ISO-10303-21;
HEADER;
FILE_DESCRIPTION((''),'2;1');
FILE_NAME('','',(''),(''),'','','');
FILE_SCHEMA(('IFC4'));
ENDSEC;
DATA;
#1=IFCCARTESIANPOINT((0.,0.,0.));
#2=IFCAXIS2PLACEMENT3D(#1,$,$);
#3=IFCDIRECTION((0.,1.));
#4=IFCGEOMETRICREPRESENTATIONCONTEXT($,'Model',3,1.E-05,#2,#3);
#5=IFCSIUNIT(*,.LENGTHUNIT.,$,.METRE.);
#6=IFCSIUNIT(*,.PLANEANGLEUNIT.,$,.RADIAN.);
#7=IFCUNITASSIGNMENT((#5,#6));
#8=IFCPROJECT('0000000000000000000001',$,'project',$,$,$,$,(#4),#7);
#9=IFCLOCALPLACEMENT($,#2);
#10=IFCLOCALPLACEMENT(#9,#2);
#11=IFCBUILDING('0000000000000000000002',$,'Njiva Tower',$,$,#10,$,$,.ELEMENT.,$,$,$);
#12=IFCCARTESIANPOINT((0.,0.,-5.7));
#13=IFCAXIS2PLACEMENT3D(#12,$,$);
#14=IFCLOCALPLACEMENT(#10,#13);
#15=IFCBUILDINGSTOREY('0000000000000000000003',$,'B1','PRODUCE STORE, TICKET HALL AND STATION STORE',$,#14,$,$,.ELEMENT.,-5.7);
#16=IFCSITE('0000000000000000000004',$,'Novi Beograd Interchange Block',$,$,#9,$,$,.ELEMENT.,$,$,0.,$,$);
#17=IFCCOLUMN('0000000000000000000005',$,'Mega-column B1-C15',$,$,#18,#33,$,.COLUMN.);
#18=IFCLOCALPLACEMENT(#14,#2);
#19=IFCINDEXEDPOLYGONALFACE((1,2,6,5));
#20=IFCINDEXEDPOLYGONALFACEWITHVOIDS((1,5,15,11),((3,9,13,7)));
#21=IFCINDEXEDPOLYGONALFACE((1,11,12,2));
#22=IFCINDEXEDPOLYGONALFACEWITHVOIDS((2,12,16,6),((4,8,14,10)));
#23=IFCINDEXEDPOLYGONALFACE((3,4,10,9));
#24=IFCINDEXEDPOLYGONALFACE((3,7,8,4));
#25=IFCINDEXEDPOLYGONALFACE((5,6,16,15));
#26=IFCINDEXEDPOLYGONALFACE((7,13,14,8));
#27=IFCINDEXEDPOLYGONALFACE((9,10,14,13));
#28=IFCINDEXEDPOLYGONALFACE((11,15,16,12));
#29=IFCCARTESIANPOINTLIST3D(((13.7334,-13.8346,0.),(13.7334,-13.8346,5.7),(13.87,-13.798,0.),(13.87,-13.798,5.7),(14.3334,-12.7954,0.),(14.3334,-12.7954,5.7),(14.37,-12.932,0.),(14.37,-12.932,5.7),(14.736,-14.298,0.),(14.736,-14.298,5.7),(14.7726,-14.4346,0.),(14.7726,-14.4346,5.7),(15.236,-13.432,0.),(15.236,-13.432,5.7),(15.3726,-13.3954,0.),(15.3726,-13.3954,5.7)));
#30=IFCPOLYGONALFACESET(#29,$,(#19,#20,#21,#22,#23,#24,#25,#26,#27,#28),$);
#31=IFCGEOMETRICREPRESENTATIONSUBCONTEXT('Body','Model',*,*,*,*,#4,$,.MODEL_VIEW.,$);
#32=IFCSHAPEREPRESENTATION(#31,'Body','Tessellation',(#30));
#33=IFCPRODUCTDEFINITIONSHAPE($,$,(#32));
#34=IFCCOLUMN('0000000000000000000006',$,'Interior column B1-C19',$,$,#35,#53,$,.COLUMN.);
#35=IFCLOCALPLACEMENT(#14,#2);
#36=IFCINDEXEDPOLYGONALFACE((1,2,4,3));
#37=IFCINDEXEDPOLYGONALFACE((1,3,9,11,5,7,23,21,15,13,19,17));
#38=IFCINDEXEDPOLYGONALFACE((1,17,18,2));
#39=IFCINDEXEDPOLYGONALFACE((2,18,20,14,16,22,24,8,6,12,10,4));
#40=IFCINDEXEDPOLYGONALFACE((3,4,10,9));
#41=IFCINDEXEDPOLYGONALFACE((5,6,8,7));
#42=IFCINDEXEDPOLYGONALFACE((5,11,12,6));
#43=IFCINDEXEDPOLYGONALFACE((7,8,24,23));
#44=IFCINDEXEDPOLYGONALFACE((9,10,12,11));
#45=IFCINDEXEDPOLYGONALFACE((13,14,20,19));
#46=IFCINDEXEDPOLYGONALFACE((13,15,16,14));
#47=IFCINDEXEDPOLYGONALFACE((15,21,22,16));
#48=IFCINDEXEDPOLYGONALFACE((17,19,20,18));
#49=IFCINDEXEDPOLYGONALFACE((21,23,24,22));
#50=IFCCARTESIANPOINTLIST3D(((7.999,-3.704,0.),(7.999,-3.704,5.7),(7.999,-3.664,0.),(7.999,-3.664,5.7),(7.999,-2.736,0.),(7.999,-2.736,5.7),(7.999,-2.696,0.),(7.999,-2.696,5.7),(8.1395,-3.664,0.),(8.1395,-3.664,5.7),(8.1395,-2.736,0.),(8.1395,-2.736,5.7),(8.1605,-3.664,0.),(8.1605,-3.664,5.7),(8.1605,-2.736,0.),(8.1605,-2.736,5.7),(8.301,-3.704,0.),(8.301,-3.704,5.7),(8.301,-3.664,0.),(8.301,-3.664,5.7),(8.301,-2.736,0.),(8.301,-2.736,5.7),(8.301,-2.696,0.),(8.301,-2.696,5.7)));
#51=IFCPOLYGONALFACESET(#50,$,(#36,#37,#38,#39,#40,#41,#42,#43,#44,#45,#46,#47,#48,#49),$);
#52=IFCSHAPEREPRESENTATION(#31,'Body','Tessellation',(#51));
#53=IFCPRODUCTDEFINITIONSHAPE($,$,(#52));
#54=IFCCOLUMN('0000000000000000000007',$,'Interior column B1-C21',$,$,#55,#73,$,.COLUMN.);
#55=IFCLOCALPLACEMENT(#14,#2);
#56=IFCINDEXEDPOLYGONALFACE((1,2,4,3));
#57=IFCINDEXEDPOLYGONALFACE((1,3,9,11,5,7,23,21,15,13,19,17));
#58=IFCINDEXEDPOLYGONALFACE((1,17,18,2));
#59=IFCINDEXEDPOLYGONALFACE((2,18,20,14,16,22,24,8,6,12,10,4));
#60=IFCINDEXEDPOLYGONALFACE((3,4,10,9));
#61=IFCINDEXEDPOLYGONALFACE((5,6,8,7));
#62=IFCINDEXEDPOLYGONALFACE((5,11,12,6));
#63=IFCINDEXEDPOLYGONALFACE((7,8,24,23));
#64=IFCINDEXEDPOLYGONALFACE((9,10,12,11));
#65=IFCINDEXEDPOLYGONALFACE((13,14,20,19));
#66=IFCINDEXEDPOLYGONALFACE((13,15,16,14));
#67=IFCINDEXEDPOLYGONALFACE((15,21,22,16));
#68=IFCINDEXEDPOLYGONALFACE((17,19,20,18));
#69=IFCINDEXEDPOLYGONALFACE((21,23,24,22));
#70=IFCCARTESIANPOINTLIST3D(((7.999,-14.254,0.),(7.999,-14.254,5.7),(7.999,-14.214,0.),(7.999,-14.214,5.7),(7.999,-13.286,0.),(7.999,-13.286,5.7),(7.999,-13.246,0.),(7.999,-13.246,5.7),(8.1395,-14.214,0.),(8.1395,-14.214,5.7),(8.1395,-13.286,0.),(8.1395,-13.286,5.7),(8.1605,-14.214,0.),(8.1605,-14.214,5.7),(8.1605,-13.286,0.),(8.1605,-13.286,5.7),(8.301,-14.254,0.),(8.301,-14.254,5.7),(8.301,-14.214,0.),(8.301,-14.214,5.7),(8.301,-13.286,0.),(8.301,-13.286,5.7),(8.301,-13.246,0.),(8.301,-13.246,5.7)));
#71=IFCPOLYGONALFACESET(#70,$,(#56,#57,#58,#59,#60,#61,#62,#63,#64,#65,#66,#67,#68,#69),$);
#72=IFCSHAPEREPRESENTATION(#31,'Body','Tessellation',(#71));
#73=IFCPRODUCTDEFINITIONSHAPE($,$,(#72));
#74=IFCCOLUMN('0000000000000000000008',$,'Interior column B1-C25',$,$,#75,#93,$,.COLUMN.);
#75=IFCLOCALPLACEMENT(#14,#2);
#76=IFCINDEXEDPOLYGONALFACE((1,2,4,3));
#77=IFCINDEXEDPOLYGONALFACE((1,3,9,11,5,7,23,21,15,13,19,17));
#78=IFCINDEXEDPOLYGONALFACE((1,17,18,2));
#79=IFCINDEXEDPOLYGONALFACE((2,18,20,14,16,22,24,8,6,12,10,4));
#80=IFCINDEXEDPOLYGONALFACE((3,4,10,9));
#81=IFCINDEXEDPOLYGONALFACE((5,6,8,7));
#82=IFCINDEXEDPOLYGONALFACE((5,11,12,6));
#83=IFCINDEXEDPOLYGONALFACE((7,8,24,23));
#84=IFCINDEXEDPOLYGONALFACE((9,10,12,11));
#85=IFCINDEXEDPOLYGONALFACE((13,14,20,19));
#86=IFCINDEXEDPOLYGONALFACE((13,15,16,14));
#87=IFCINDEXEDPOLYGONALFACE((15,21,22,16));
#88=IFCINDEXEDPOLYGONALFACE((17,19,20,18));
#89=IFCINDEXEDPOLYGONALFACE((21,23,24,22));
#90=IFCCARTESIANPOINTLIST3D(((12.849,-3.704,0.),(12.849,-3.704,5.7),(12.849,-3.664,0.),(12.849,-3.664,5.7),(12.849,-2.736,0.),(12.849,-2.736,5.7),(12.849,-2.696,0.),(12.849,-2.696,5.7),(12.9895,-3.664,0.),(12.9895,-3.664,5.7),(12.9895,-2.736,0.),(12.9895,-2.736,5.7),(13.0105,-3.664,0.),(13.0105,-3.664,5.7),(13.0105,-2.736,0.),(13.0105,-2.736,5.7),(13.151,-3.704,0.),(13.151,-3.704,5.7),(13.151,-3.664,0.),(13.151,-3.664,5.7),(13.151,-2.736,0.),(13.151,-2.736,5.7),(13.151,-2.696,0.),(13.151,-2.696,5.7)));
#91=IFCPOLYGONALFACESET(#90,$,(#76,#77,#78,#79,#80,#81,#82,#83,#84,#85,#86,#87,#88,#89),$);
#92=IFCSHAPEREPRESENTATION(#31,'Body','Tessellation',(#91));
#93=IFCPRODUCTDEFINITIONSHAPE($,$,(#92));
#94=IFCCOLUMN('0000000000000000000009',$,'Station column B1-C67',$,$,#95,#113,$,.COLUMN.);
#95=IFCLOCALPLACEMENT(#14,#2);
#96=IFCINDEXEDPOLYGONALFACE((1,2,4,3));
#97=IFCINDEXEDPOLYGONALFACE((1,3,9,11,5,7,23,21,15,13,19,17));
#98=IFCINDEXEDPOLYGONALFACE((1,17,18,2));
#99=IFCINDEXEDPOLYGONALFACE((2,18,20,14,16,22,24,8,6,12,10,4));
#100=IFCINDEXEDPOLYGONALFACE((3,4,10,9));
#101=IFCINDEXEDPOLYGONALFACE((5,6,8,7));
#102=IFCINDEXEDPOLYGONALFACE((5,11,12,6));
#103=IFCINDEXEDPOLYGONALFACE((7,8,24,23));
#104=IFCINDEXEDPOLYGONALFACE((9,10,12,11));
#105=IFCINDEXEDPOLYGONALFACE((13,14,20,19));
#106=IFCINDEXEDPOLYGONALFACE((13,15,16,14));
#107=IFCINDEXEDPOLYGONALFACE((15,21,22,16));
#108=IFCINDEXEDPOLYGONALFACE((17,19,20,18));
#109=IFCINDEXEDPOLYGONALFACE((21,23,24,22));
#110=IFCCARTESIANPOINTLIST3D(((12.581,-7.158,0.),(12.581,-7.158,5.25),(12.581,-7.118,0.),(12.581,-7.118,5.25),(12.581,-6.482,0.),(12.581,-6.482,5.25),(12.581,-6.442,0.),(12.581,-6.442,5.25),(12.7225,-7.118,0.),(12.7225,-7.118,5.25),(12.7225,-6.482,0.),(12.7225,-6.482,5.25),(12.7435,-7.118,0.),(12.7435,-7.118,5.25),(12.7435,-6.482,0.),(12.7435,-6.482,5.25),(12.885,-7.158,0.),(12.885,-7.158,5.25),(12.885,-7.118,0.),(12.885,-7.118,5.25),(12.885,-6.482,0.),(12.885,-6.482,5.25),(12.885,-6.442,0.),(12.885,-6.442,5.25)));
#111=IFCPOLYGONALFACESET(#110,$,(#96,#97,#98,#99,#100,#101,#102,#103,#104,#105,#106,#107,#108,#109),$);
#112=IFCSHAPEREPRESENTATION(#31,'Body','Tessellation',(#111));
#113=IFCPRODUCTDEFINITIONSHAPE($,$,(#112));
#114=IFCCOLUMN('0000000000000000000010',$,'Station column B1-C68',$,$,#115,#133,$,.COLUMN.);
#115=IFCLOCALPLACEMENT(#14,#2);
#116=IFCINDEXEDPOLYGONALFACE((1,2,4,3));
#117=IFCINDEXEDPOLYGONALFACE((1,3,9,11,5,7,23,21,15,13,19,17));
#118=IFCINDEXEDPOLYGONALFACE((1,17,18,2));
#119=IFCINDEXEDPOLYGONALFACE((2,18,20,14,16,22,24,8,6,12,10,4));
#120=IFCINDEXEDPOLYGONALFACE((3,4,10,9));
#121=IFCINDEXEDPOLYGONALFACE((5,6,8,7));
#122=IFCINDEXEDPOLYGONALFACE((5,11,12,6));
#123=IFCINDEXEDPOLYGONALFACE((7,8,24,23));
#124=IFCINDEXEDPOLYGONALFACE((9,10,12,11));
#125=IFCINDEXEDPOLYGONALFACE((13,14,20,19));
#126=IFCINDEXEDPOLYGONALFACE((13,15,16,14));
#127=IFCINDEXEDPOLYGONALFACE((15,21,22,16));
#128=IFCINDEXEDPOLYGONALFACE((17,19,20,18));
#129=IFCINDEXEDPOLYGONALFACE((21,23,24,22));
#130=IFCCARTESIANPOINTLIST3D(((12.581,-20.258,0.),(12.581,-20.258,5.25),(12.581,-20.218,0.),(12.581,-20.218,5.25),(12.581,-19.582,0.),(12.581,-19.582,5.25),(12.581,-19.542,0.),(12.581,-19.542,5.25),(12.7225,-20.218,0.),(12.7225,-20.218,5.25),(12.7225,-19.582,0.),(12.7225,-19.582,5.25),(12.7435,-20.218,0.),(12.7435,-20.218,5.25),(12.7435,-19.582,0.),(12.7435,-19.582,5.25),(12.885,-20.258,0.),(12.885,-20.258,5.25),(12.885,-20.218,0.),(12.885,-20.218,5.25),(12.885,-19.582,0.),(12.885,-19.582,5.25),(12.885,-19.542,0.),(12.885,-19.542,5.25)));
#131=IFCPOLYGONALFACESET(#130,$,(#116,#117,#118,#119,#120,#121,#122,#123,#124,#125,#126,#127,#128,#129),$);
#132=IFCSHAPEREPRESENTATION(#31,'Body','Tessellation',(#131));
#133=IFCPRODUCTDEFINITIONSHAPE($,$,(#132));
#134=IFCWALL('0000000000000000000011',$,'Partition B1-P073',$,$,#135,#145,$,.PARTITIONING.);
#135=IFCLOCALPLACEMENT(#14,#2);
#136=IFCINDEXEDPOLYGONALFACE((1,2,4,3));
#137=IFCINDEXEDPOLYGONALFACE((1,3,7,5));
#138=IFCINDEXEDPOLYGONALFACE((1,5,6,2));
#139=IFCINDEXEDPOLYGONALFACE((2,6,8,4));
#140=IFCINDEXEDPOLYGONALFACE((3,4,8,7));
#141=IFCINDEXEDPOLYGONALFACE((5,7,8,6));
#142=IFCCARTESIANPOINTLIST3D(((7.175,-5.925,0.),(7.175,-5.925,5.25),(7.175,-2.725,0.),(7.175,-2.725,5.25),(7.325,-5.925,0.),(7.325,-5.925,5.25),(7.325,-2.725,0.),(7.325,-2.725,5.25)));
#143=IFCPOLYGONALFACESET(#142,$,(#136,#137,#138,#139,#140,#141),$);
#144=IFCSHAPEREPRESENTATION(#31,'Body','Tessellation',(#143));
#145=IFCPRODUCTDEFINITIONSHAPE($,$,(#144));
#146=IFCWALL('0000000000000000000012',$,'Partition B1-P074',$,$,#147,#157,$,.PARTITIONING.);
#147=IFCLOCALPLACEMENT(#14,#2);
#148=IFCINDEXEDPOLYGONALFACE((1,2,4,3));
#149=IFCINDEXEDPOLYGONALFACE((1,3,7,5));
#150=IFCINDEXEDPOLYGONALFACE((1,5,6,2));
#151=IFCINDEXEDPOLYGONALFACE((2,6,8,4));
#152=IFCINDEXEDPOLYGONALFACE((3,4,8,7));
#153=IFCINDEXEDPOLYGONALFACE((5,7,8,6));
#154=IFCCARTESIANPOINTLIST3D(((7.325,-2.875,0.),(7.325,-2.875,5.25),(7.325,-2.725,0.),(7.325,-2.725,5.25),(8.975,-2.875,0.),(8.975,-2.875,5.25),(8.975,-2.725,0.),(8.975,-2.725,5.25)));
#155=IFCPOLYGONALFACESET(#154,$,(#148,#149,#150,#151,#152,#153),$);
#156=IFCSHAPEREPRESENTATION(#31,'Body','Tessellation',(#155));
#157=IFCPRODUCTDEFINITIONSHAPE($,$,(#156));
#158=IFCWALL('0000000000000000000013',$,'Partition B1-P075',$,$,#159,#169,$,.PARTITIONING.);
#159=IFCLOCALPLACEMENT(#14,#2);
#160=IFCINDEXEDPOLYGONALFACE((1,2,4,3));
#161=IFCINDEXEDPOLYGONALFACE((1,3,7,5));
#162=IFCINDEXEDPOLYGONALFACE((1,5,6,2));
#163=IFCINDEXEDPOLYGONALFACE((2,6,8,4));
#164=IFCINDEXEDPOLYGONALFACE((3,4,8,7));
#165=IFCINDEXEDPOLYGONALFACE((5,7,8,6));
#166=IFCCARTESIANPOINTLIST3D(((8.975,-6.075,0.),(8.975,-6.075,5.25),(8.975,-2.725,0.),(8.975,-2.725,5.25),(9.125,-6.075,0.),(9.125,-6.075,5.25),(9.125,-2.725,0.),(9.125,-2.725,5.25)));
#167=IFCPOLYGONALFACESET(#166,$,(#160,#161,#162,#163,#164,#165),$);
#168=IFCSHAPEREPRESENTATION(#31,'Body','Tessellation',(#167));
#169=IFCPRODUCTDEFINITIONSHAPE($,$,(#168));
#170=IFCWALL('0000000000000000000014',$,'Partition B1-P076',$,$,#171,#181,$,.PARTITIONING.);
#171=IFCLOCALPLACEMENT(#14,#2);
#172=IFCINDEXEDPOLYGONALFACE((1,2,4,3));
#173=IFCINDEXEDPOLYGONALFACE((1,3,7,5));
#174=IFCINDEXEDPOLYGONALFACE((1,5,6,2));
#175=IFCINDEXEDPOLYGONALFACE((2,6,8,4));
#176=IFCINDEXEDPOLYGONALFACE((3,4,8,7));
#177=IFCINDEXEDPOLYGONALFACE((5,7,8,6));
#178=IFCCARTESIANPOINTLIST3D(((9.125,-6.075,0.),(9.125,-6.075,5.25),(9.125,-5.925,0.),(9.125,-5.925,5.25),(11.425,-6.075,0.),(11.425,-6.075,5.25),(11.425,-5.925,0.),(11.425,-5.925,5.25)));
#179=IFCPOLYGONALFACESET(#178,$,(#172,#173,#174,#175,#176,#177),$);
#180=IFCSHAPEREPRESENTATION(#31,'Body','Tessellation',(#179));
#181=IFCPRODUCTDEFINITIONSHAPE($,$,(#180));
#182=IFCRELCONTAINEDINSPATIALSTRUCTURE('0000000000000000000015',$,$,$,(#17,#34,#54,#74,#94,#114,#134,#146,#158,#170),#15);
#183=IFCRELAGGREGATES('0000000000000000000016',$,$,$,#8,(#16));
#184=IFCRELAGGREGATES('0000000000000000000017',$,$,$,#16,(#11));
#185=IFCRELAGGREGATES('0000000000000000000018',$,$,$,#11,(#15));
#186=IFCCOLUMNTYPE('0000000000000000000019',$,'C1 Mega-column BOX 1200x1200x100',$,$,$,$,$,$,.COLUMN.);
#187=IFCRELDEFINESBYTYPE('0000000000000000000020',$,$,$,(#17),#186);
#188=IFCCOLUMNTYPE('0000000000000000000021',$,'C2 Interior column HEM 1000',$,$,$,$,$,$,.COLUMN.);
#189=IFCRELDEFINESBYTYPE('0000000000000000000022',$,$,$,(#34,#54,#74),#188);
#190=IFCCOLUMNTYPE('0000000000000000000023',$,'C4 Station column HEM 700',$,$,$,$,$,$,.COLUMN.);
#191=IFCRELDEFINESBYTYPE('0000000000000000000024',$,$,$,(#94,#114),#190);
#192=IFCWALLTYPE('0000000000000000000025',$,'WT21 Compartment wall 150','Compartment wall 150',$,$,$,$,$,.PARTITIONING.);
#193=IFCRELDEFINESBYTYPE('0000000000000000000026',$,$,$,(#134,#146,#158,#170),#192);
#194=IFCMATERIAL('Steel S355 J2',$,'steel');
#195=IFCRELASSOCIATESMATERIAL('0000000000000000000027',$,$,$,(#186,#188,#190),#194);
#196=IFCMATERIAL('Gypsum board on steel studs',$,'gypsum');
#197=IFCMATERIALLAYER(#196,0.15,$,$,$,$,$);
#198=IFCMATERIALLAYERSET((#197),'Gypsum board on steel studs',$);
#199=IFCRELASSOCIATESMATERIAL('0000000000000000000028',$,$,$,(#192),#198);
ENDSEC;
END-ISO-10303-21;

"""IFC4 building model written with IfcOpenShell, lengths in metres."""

from ifc_helpers import new_model, si_unit, direction, frame, frame_2d, origin, origin_2d, place, context, subcontext, project, spatial, rectangle, hollow_rectangle, i_section, extrude, material, layer, layer_set, material_profile, profile_set, type_object, element, save


model = new_model("IFC4")

# Units and contexts
model_context = context("Model", 3, precision=1e-05, world=origin(), true_north=direction((0.0, 1.0)))
body_context = subcontext(model_context, "Body", "Model", "MODEL_VIEW")
ifc_project = project(units=[si_unit("LENGTHUNIT", "METRE"), si_unit("PLANEANGLEUNIT", "RADIAN")], contexts=[model_context])

# Site, building, storey
site_placement = place(None, origin())
site = spatial("IfcSite", under=ifc_project, at=site_placement, Name="Novi Beograd Interchange Block", CompositionType="ELEMENT", RefElevation=0.0)
building_placement = place(site_placement, origin())
building = spatial("IfcBuilding", under=site, at=building_placement, Name="Njiva Tower", CompositionType="ELEMENT")
storey_placement = place(building_placement, frame((0.0, 0.0, -5.7)))
storey = spatial("IfcBuildingStorey", under=building, at=storey_placement, Name="B1", Description="PRODUCE STORE, TICKET HALL AND STATION STORE", CompositionType="ELEMENT", Elevation=-5.7)

# Columns
ifc_material_1 = material(Name="Steel S355 J2", Category="steel")
ifc_material_profile_1 = material_profile(ifc_material_1, hollow_rectangle(XDim=1.2, YDim=1.2, WallThickness=0.1, at=origin_2d()), Name="BOX 1200x1200x100")
ifc_profile_set_1 = profile_set([ifc_material_profile_1], Name="Steel S355 J2")
column_type_1 = type_object("IfcColumnType", Name="C1 Mega-column BOX 1200x1200x100", PredefinedType="COLUMN", material=ifc_profile_set_1)
column_placement = place(storey_placement, frame((14.553, -13.615, 0.0), z_axis=(0.0, 0.0, 1.0), x_axis=(0.5, 0.866025, 0.0)))
element("IfcColumn", 1, at=column_placement, inside=storey, type_object=column_type_1, Name="Mega-column B1-C15", PredefinedType="COLUMN", context=body_context, shape_type="SweptSolid", body=[
    extrude(hollow_rectangle(XDim=1.2, YDim=1.2, WallThickness=0.1, at=origin_2d()), origin(), (0.0, 0.0, 1.0), 5.7),
])
ifc_material_profile_2 = material_profile(ifc_material_1, i_section(OverallWidth=0.302, OverallDepth=1.008, WebThickness=0.021, FlangeThickness=0.04, at=origin_2d()), Name="HEM 1000")
ifc_profile_set_2 = profile_set([ifc_material_profile_2], Name="Steel S355 J2")
column_type_2 = type_object("IfcColumnType", Name="C2 Interior column HEM 1000", PredefinedType="COLUMN", material=ifc_profile_set_2)
for number, where, z_axis, x_axis, name in (
    (2, (8.15, -3.2, 0.0), (0.0, 0.0, 1.0), (1.0, 0.0, 0.0), "Interior column B1-C19"),
    (3, (8.15, -13.75, 0.0), (0.0, 0.0, 1.0), (1.0, 0.0, 0.0), "Interior column B1-C21"),
    (4, (13.0, -3.2, 0.0), (0.0, 0.0, 1.0), (1.0, 0.0, 0.0), "Interior column B1-C25"),
):
    element("IfcColumn", number, at=place(storey_placement, frame(where, z_axis=z_axis, x_axis=x_axis)), inside=storey, type_object=column_type_2, Name=name, PredefinedType="COLUMN", context=body_context, shape_type="SweptSolid", body=[
        extrude(i_section(OverallWidth=0.302, OverallDepth=1.008, WebThickness=0.021, FlangeThickness=0.04, at=origin_2d()), origin(), (0.0, 0.0, 1.0), 5.7),
    ])
ifc_material_profile_3 = material_profile(ifc_material_1, i_section(OverallWidth=0.304, OverallDepth=0.716, WebThickness=0.021, FlangeThickness=0.04, at=origin_2d()), Name="HEM 700")
ifc_profile_set_3 = profile_set([ifc_material_profile_3], Name="Steel S355 J2")
column_type_3 = type_object("IfcColumnType", Name="C4 Station column HEM 700", PredefinedType="COLUMN", material=ifc_profile_set_3)
for number, where, z_axis, x_axis, name in (
    (5, (12.733, -6.8, 0.0), (0.0, 0.0, 1.0), (1.0, 0.0, 0.0), "Station column B1-C67"),
    (6, (12.733, -19.9, 0.0), (0.0, 0.0, 1.0), (1.0, 0.0, 0.0), "Station column B1-C68"),
):
    element("IfcColumn", number, at=place(storey_placement, frame(where, z_axis=z_axis, x_axis=x_axis)), inside=storey, type_object=column_type_3, Name=name, PredefinedType="COLUMN", context=body_context, shape_type="SweptSolid", body=[
        extrude(i_section(OverallWidth=0.304, OverallDepth=0.716, WebThickness=0.021, FlangeThickness=0.04, at=origin_2d()), origin(), (0.0, 0.0, 1.0), 5.25),
    ])

# Walls
ifc_material_2 = material(Name="Gypsum board on steel studs", Category="gypsum")
ifc_layer_1 = layer(ifc_material_2, 0.15)
ifc_layer_set_1 = layer_set([ifc_layer_1], Name="Gypsum board on steel studs")
wall_type_1 = type_object("IfcWallType", Name="WT21 Compartment wall 150", Description="Compartment wall 150", PredefinedType="PARTITIONING", material=ifc_layer_set_1)
wall_1_placement = place(storey_placement, frame((7.25, -5.925, 0.0), z_axis=(0.0, 0.0, 1.0), x_axis=(0.0, 1.0, 0.0)))
element("IfcWall", 7, at=wall_1_placement, inside=storey, type_object=wall_type_1, Name="Partition B1-P073", PredefinedType="PARTITIONING", context=body_context, shape_type="SweptSolid", body=[
    extrude(rectangle(XDim=3.2, YDim=0.15, at=frame_2d((1.6, 0.0))), origin(), (0.0, 0.0, 1.0), 5.25),
])
wall_2_placement = place(storey_placement, frame((7.325, -2.8, 0.0), z_axis=(0.0, 0.0, 1.0), x_axis=(1.0, 0.0, 0.0)))
element("IfcWall", 8, at=wall_2_placement, inside=storey, type_object=wall_type_1, Name="Partition B1-P074", PredefinedType="PARTITIONING", context=body_context, shape_type="SweptSolid", body=[
    extrude(rectangle(XDim=1.65, YDim=0.15, at=frame_2d((0.825, 0.0))), origin(), (0.0, 0.0, 1.0), 5.25),
])
wall_3_placement = place(storey_placement, frame((9.05, -6.075, 0.0), z_axis=(0.0, 0.0, 1.0), x_axis=(0.0, 1.0, 0.0)))
element("IfcWall", 9, at=wall_3_placement, inside=storey, type_object=wall_type_1, Name="Partition B1-P075", PredefinedType="PARTITIONING", context=body_context, shape_type="SweptSolid", body=[
    extrude(rectangle(XDim=3.35, YDim=0.15, at=frame_2d((1.675, 0.0))), origin(), (0.0, 0.0, 1.0), 5.25),
])
wall_4_placement = place(storey_placement, frame((9.125, -6.0, 0.0), z_axis=(0.0, 0.0, 1.0), x_axis=(1.0, 0.0, 0.0)))
element("IfcWall", 10, at=wall_4_placement, inside=storey, type_object=wall_type_1, Name="Partition B1-P076", PredefinedType="PARTITIONING", context=body_context, shape_type="SweptSolid", body=[
    extrude(rectangle(XDim=2.3, YDim=0.15, at=frame_2d((1.15, 0.0))), origin(), (0.0, 0.0, 1.0), 5.25),
])

save(model, "model.ifc")
